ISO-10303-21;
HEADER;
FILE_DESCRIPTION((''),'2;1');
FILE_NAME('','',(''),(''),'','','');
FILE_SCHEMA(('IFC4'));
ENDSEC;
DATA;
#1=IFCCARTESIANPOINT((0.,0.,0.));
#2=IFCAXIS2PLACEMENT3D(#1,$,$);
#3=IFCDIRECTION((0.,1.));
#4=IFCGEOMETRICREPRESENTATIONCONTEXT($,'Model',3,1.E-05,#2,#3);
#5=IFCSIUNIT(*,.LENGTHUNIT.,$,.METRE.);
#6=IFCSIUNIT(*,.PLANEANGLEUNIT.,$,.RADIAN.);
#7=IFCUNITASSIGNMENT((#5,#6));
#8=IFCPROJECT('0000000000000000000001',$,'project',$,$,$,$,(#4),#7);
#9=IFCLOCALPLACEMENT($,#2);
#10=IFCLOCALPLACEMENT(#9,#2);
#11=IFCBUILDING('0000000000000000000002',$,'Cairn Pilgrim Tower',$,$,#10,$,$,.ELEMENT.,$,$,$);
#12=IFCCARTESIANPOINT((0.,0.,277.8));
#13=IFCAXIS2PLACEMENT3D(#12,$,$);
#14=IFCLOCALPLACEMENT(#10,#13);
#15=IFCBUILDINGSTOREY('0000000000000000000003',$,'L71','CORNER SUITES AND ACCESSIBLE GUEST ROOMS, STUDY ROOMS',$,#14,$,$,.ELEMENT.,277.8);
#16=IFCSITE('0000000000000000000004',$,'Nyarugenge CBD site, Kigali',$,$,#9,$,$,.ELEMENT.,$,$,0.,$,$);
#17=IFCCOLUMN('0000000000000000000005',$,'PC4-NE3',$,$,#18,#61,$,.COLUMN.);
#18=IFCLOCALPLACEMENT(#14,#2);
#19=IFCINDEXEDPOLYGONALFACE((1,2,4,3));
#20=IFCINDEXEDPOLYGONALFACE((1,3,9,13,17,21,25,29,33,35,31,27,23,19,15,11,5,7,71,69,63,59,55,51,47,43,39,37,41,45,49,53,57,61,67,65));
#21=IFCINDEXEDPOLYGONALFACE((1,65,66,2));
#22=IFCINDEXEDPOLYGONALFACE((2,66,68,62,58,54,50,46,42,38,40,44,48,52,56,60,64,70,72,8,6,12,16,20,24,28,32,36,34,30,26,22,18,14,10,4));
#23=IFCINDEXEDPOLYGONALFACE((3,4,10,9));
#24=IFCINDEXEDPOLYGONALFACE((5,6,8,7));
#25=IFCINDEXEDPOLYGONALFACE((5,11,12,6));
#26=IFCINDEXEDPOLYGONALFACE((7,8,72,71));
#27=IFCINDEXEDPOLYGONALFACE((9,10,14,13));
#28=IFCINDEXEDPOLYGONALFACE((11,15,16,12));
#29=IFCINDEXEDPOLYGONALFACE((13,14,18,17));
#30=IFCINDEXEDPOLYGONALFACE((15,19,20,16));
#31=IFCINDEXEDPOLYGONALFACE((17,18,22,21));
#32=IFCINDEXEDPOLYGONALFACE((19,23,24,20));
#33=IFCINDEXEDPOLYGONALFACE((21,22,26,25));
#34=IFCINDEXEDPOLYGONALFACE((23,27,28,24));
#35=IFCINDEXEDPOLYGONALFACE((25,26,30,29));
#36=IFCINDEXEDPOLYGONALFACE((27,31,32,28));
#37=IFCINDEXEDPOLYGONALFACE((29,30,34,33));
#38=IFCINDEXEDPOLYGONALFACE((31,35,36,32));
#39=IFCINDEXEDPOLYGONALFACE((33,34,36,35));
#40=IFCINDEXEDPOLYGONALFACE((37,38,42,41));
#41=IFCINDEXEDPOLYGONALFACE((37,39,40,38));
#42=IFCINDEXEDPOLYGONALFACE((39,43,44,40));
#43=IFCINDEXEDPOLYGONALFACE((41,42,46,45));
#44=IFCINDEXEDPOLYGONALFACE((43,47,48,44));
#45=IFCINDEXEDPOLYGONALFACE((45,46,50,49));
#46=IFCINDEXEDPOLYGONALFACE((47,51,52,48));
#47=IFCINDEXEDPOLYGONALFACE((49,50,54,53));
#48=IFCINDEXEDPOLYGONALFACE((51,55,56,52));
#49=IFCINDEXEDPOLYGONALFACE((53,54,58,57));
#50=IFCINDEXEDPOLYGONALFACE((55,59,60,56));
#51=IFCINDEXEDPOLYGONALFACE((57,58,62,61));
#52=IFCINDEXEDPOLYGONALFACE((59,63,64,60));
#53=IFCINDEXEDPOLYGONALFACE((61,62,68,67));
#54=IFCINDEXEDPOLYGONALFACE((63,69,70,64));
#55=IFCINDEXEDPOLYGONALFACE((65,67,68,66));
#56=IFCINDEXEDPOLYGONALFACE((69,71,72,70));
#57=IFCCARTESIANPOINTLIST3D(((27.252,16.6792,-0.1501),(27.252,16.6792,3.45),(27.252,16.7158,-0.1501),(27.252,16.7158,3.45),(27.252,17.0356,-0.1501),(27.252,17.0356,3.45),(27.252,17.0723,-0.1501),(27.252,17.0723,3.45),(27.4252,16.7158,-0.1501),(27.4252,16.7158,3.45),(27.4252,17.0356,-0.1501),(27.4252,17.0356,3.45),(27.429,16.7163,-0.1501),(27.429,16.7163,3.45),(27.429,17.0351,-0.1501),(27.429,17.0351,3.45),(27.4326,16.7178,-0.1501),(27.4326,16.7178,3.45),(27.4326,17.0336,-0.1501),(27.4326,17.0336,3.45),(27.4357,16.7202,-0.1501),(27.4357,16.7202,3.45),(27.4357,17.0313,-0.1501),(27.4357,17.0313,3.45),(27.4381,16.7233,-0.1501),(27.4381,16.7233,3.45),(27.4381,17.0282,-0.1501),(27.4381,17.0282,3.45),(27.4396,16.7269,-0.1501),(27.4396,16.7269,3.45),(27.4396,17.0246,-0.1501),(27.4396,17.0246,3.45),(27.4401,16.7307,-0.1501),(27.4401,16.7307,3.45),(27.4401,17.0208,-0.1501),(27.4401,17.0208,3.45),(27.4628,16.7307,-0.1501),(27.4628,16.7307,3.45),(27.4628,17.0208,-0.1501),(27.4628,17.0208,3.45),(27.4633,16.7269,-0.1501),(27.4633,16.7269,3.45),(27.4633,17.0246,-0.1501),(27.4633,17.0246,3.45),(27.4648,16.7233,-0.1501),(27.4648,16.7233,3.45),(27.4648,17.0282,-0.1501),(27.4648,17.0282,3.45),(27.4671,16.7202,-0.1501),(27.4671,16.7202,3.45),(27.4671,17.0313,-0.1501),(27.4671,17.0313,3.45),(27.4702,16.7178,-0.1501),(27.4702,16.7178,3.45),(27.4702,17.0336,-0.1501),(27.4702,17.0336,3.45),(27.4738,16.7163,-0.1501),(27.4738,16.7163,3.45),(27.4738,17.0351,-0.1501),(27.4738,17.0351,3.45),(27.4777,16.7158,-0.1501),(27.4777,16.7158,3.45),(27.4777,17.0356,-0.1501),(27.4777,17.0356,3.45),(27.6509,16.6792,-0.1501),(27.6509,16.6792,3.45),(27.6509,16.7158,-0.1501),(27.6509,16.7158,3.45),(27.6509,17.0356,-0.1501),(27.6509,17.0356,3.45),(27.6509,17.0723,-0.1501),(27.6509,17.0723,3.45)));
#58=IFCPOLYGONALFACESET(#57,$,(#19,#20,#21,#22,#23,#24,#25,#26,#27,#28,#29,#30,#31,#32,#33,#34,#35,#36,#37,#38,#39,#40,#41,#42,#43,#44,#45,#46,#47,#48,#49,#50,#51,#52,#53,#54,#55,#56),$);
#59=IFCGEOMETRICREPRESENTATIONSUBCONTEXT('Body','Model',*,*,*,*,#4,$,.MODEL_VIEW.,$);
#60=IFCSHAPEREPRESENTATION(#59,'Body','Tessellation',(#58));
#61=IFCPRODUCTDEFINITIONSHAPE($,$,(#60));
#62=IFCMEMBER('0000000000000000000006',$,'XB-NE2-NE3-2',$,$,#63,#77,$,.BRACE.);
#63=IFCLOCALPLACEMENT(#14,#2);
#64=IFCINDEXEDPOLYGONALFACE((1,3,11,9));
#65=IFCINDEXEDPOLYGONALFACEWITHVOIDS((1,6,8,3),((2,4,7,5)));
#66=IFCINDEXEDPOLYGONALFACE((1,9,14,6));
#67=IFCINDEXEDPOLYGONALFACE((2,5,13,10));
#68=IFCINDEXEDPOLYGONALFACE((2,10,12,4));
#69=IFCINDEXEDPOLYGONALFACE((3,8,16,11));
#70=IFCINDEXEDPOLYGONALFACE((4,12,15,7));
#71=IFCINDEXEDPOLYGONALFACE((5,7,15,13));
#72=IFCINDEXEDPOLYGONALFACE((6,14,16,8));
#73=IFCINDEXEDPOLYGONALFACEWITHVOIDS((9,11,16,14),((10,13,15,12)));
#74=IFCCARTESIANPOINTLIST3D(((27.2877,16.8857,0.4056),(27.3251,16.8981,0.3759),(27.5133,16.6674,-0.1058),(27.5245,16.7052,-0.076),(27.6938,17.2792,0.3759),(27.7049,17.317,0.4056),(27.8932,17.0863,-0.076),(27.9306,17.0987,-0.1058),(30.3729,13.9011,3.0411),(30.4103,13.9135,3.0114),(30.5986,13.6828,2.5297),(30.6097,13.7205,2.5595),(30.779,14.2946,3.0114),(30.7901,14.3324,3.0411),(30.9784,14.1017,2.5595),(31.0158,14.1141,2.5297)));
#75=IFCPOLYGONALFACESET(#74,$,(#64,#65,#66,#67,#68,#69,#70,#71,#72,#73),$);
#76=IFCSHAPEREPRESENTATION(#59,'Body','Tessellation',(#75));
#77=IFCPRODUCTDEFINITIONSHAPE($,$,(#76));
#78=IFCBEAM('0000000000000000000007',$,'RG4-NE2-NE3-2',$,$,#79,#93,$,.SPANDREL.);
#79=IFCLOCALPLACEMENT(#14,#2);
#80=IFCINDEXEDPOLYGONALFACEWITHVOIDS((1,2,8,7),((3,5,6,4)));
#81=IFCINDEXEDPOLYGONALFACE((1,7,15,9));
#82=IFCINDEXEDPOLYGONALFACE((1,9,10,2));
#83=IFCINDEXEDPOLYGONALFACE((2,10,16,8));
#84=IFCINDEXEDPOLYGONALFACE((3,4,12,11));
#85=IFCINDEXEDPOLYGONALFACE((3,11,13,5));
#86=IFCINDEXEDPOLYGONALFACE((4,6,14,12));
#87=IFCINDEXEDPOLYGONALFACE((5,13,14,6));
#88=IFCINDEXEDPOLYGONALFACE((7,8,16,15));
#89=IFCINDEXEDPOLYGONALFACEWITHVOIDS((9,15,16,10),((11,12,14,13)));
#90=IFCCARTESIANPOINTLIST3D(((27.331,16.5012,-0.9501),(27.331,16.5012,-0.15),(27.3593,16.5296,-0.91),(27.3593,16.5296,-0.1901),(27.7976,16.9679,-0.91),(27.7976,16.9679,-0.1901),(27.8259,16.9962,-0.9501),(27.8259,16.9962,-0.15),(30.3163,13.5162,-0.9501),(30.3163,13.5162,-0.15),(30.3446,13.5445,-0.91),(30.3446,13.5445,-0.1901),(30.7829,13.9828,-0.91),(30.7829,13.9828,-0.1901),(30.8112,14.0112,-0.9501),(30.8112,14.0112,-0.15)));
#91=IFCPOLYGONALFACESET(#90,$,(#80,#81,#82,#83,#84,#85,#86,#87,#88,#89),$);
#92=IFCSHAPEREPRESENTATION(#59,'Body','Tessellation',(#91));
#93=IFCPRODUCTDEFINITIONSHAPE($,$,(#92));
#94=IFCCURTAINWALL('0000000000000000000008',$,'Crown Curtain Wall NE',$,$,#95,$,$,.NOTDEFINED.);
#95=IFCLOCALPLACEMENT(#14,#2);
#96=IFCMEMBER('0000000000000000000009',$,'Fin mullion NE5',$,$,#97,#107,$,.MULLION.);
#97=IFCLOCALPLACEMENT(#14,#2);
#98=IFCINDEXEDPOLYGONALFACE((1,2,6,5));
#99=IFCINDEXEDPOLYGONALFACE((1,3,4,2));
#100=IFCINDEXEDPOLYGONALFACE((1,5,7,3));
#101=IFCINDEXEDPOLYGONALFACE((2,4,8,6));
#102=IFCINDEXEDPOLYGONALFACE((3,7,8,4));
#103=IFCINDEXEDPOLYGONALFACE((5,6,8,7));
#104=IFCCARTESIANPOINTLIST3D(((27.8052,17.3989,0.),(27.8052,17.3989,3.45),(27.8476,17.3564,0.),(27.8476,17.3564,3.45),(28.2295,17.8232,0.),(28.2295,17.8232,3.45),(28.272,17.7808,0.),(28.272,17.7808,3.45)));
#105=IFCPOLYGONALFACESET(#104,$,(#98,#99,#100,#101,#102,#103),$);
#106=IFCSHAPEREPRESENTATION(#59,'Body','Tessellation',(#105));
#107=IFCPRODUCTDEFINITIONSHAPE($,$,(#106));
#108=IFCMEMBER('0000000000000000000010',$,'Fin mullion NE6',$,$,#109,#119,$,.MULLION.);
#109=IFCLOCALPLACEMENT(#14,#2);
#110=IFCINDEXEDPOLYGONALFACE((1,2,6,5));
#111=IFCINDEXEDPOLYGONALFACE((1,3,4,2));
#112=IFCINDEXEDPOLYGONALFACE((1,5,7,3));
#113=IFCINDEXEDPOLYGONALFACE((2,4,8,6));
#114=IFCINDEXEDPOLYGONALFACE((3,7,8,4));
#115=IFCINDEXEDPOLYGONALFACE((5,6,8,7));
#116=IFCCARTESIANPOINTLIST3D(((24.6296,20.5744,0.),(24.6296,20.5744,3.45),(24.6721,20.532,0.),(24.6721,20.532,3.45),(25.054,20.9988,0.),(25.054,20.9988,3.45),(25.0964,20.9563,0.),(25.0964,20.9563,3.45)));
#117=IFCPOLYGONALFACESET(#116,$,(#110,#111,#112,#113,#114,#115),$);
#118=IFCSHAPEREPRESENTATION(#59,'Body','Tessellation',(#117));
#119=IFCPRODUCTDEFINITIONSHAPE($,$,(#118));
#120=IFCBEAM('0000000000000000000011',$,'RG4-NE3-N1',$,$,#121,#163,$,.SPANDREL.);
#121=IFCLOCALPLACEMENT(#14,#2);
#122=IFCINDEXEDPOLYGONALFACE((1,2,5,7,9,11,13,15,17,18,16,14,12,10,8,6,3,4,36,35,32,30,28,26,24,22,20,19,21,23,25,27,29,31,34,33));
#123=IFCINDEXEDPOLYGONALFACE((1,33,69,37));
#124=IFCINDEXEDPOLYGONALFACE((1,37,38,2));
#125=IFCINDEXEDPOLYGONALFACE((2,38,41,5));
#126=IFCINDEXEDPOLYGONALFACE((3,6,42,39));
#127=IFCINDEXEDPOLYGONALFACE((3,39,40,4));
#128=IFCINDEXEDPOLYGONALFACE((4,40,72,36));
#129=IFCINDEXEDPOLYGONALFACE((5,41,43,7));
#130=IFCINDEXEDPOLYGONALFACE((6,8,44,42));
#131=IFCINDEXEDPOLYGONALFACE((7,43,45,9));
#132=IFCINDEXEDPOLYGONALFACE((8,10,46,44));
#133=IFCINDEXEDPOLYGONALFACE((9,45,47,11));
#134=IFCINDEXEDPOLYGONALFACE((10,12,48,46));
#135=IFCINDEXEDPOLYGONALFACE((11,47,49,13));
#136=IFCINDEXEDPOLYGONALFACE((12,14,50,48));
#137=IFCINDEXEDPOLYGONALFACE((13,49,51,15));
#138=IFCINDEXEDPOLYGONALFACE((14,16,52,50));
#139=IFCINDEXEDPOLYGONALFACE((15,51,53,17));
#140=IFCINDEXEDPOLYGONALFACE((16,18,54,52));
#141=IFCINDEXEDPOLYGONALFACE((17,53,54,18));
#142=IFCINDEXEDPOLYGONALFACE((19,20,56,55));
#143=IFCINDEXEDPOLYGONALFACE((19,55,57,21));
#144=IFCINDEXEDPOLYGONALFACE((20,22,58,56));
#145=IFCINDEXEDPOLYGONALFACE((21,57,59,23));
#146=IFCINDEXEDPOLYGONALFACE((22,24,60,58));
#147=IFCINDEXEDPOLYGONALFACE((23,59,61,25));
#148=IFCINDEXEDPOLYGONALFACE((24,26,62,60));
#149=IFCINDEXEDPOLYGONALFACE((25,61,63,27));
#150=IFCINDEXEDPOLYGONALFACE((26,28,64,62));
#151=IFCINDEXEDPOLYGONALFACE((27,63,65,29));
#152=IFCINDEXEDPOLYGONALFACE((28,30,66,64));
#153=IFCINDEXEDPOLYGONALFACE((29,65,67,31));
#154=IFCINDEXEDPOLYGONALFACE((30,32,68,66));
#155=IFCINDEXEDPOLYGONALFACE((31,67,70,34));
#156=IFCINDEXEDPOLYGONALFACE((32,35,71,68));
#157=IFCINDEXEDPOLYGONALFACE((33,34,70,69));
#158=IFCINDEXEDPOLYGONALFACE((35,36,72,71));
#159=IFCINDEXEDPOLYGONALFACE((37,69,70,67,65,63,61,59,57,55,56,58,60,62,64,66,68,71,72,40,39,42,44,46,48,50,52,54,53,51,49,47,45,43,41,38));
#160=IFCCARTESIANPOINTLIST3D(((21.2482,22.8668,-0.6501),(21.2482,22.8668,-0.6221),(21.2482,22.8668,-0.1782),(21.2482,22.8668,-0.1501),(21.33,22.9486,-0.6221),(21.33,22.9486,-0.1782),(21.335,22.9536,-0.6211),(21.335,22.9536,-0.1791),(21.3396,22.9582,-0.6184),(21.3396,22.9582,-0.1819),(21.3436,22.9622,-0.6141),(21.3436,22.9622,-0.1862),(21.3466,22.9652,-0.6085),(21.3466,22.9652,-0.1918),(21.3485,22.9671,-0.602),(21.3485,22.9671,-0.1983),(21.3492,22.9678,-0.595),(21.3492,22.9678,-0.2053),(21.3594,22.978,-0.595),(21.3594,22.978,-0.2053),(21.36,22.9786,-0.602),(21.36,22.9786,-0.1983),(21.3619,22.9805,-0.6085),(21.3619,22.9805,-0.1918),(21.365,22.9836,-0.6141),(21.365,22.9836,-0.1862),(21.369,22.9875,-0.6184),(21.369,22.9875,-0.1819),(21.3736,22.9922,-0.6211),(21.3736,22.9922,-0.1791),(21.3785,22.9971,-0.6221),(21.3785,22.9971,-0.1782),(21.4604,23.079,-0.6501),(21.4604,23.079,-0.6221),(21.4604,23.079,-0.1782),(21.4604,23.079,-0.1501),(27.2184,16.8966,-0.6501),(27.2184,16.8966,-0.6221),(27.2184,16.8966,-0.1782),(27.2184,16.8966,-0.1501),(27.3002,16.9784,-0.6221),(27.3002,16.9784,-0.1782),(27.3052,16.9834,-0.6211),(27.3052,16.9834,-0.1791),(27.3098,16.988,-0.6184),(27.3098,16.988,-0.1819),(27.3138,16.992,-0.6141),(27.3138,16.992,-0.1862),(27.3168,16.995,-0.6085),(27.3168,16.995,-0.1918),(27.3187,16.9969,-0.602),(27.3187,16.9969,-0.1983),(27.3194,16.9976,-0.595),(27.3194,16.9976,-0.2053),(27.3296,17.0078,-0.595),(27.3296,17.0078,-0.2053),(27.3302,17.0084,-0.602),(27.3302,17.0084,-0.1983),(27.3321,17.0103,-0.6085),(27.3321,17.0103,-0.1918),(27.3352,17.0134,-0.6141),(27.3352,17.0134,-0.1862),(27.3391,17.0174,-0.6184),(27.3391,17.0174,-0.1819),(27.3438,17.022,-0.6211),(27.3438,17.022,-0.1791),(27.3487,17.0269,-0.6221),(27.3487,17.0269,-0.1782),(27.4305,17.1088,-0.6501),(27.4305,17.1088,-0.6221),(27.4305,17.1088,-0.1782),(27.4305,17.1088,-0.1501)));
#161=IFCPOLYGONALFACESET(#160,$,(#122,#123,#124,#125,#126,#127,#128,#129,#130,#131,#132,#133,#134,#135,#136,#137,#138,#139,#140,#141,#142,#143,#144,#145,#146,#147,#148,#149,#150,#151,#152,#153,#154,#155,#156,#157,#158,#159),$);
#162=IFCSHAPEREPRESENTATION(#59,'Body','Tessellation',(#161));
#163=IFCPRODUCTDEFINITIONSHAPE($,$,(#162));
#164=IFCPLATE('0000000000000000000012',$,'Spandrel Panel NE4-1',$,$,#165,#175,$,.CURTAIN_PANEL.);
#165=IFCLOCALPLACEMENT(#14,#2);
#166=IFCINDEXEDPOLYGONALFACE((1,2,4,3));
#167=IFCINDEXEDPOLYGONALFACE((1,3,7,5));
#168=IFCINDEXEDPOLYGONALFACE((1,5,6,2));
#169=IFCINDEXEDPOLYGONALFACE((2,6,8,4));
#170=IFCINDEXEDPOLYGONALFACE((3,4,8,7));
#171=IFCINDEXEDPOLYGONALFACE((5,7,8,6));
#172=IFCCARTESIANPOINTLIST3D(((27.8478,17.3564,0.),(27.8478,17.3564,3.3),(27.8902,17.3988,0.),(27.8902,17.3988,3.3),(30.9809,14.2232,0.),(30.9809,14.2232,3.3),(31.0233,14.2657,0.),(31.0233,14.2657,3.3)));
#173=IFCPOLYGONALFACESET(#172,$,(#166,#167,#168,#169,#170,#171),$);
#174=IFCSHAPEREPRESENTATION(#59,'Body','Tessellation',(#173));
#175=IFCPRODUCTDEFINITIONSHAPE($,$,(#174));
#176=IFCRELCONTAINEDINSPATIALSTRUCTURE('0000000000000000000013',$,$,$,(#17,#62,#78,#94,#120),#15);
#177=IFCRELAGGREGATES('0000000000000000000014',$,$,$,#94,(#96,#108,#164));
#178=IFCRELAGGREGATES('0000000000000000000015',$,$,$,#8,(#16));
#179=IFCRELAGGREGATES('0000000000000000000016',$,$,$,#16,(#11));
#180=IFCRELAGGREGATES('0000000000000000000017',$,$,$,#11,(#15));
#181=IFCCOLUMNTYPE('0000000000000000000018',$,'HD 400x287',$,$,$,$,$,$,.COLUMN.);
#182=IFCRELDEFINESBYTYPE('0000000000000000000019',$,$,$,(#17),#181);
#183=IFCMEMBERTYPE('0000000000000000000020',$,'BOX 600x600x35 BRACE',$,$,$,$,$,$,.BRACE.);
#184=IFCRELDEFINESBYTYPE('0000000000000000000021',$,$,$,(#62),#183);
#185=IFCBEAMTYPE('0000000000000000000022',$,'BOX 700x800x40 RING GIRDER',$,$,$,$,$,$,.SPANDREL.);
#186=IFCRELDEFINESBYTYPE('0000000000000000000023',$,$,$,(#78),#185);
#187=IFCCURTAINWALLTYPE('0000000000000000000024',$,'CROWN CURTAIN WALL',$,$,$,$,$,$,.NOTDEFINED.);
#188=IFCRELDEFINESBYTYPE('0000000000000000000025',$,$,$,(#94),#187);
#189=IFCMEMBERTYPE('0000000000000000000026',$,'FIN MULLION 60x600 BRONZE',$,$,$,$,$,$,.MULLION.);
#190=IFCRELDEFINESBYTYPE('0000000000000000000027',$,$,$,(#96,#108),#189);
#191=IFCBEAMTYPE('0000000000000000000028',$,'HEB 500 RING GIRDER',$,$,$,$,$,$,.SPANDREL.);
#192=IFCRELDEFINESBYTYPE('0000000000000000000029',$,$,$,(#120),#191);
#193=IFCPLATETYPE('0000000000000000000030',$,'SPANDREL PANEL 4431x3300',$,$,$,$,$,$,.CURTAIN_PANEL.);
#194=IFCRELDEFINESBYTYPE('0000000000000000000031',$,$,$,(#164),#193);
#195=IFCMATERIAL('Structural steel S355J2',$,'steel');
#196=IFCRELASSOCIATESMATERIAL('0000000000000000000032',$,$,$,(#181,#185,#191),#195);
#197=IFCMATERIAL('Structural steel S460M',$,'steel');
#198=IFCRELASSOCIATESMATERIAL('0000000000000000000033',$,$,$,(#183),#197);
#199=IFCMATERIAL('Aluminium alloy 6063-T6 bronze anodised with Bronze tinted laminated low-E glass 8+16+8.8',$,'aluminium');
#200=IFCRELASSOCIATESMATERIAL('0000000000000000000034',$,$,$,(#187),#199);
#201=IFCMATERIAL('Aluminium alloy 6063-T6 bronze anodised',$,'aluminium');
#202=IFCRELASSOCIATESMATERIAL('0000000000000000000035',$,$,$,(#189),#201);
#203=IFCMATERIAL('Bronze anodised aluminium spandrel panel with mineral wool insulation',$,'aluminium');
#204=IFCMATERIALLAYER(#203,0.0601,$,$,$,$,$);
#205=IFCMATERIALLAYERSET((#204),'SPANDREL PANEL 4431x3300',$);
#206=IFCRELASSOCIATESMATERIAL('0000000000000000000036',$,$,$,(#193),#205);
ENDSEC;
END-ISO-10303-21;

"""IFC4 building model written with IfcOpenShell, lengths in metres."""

from ifc_helpers import new_model, si_unit, direction, frame, origin, origin_2d, place, context, subcontext, project, spatial, rectangle, hollow_rectangle, i_section, extrude, material, layer, layer_set, material_profile, profile_set, type_object, element, aggregate, save


model = new_model("IFC4")

# Units and contexts
model_context = context("Model", 3, precision=1e-05, world=origin(), true_north=direction((0.0, 1.0)))
body_context = subcontext(model_context, "Body", "Model", "MODEL_VIEW")
ifc_project = project(units=[si_unit("LENGTHUNIT", "METRE"), si_unit("PLANEANGLEUNIT", "RADIAN")], contexts=[model_context])

# Site, building, storey
site_placement = place(None, origin())
site = spatial("IfcSite", under=ifc_project, at=site_placement, Name="Nyarugenge CBD site, Kigali", CompositionType="ELEMENT", RefElevation=0.0)
building_placement = place(site_placement, origin())
building = spatial("IfcBuilding", under=site, at=building_placement, Name="Cairn Pilgrim Tower", CompositionType="ELEMENT")
storey_placement = place(building_placement, frame((0.0, 0.0, 277.8)))
storey = spatial("IfcBuildingStorey", under=building, at=storey_placement, Name="L71", Description="CORNER SUITES AND ACCESSIBLE GUEST ROOMS, STUDY ROOMS", CompositionType="ELEMENT", Elevation=277.8)

# Column
ifc_material_1 = material(Name="Structural steel S355J2", Category="steel")
ifc_material_profile_1 = material_profile(ifc_material_1, i_section(OverallWidth=0.3989, OverallDepth=0.3931, WebThickness=0.0227, FlangeThickness=0.0366, FilletRadius=0.0149, at=origin_2d()), Name="HD 400x287")
ifc_profile_set_1 = profile_set([ifc_material_profile_1], Name="Structural steel S355J2")
column_type = type_object("IfcColumnType", Name="HD 400x287", PredefinedType="COLUMN", material=ifc_profile_set_1)
column_placement = place(storey_placement, frame((27.4514, 16.8757, -0.1501), z_axis=(0.0, 0.0, 1.0), x_axis=(1.0, 0.0, 0.0)))
element("IfcColumn", 1, at=column_placement, inside=storey, type_object=column_type, Name="PC4-NE3", PredefinedType="COLUMN", context=body_context, shape_type="SweptSolid", body=[
    extrude(i_section(OverallWidth=0.3989, OverallDepth=0.3931, WebThickness=0.0227, FlangeThickness=0.0366, FilletRadius=0.0149, at=origin_2d()), origin(), (0.0, 0.0, 1.0), 3.6001),
])

# Member
ifc_material_2 = material(Name="Structural steel S460M", Category="steel")
ifc_material_profile_2 = material_profile(ifc_material_2, hollow_rectangle(XDim=0.6001, YDim=0.6001, WallThickness=0.0349, at=origin_2d()), Name="BOX 600x600x35")
ifc_profile_set_2 = profile_set([ifc_material_profile_2], Name="Structural steel S460M")
member_type_1 = type_object("IfcMemberType", Name="BOX 600x600x35 BRACE", PredefinedType="BRACE", material=ifc_profile_set_2)
member_1_placement = place(storey_placement, frame((27.6091, 16.9922, 0.1499), z_axis=(0.612497, -0.592528, 0.523218), x_axis=(0.695294, 0.718726, 0.0)))
element("IfcMember", 2, at=member_1_placement, inside=storey, type_object=member_type_1, Name="XB-NE2-NE3-2", PredefinedType="BRACE", context=body_context, shape_type="SweptSolid", body=[
    extrude(hollow_rectangle(XDim=0.6001, YDim=0.6001, WallThickness=0.0349, at=origin_2d()), origin(), (0.0, 0.0, 1.0), 5.0371),
])

# Beam
ifc_material_profile_3 = material_profile(ifc_material_1, hollow_rectangle(XDim=0.7, YDim=0.8, WallThickness=0.04, at=origin_2d()), Name="BOX 700x800x40")
ifc_profile_set_3 = profile_set([ifc_material_profile_3], Name="Structural steel S355J2")
beam_type_1 = type_object("IfcBeamType", Name="BOX 700x800x40 RING GIRDER", PredefinedType="SPANDREL", material=ifc_profile_set_3)
beam_1_placement = place(storey_placement, frame((30.5637, 13.7637, -0.55), z_axis=(-0.707136, 0.707078, 0.0), x_axis=(-0.707078, -0.707136, 0.0)))
element("IfcBeam", 3, at=beam_1_placement, inside=storey, type_object=beam_type_1, Name="RG4-NE2-NE3-2", PredefinedType="SPANDREL", context=body_context, shape_type="SweptSolid", body=[
    extrude(hollow_rectangle(XDim=0.7, YDim=0.8, WallThickness=0.04, at=origin_2d()), origin(), (0.0, 0.0, 1.0), 4.2217),
])

# Curtain wall, members
ifc_material_3 = material(Name="Aluminium alloy 6063-T6 bronze anodised with Bronze tinted laminated low-E glass 8+16+8.8", Category="aluminium")
curtain_wall_type = type_object("IfcCurtainWallType", Name="CROWN CURTAIN WALL", PredefinedType="NOTDEFINED", material=ifc_material_3)
curtain_wall_placement = place(storey_placement, origin())
curtain_wall = element("IfcCurtainWall", 4, at=curtain_wall_placement, inside=storey, type_object=curtain_wall_type, Name="Crown Curtain Wall NE", PredefinedType="NOTDEFINED")
ifc_material_4 = material(Name="Aluminium alloy 6063-T6 bronze anodised", Category="aluminium")
ifc_material_profile_4 = material_profile(ifc_material_4, rectangle(XDim=0.6001, YDim=0.0601, at=origin_2d()), Name="FIN MULLION 60x600 BRONZE")
ifc_profile_set_4 = profile_set([ifc_material_profile_4], Name="Aluminium alloy 6063-T6 bronze anodised")
member_type_2 = type_object("IfcMemberType", Name="FIN MULLION 60x600 BRONZE", PredefinedType="MULLION", material=ifc_profile_set_4)
member_2_placement = place(storey_placement, frame((28.0386, 17.5898, 0.0), z_axis=(0.0, 0.0, 1.0), x_axis=(0.707107, 0.707107, 0.0)))
member_2 = element("IfcMember", 5, at=member_2_placement, type_object=member_type_2, Name="Fin mullion NE5", PredefinedType="MULLION", context=body_context, shape_type="SweptSolid", body=[
    extrude(rectangle(XDim=0.6001, YDim=0.0601, at=origin_2d()), origin(), (0.0, 0.0, 1.0), 3.45),
])
member_3_placement = place(storey_placement, frame((24.863, 20.7654, 0.0), z_axis=(0.0, 0.0, 1.0), x_axis=(0.707107, 0.707107, 0.0)))
member_3 = element("IfcMember", 6, at=member_3_placement, type_object=member_type_2, Name="Fin mullion NE6", PredefinedType="MULLION", context=body_context, shape_type="SweptSolid", body=[
    extrude(rectangle(XDim=0.6001, YDim=0.0601, at=origin_2d()), origin(), (0.0, 0.0, 1.0), 3.45),
])

# Beam
ifc_material_profile_5 = material_profile(ifc_material_1, i_section(OverallWidth=0.3, OverallDepth=0.5, WebThickness=0.0144, FlangeThickness=0.0281, FilletRadius=0.0271, at=origin_2d()), Name="HEB 500")
ifc_profile_set_5 = profile_set([ifc_material_profile_5], Name="Structural steel S355J2")
beam_type_2 = type_object("IfcBeamType", Name="HEB 500 RING GIRDER", PredefinedType="SPANDREL", material=ifc_profile_set_5)
beam_2_placement = place(storey_placement, frame((27.3245, 17.0027, -0.4001), z_axis=(-0.707107, 0.707107, 0.0), x_axis=(-0.707107, -0.707107, 0.0)))
element("IfcBeam", 7, at=beam_2_placement, inside=storey, type_object=beam_type_2, Name="RG4-NE3-N1", PredefinedType="SPANDREL", context=body_context, shape_type="SweptSolid", body=[
    extrude(i_section(OverallWidth=0.3, OverallDepth=0.5, WebThickness=0.0144, FlangeThickness=0.0281, FilletRadius=0.0271, at=origin_2d()), origin(), (0.0, 0.0, 1.0), 8.4431),
])

# Plate
ifc_material_5 = material(Name="Bronze anodised aluminium spandrel panel with mineral wool insulation", Category="aluminium")
ifc_layer_1 = layer(ifc_material_5, 0.0601)
ifc_layer_set_1 = layer_set([ifc_layer_1], Name="SPANDREL PANEL 4431x3300")
plate_type = type_object("IfcPlateType", Name="SPANDREL PANEL 4431x3300", PredefinedType="CURTAIN_PANEL", material=ifc_layer_set_1)
plate_placement = place(storey_placement, frame((29.4355, 15.811, 0.0), z_axis=(0.0, 0.0, 1.0), x_axis=(-0.707107, 0.707107, 0.0)))
plate = element("IfcPlate", 8, at=plate_placement, type_object=plate_type, Name="Spandrel Panel NE4-1", PredefinedType="CURTAIN_PANEL", context=body_context, shape_type="SweptSolid", body=[
    extrude(rectangle(XDim=4.4309, YDim=0.0601, at=origin_2d()), origin(), (0.0, 0.0, 1.0), 3.3),
])
aggregate(curtain_wall, [member_2, member_3, plate])

save(model, "model.ifc")
